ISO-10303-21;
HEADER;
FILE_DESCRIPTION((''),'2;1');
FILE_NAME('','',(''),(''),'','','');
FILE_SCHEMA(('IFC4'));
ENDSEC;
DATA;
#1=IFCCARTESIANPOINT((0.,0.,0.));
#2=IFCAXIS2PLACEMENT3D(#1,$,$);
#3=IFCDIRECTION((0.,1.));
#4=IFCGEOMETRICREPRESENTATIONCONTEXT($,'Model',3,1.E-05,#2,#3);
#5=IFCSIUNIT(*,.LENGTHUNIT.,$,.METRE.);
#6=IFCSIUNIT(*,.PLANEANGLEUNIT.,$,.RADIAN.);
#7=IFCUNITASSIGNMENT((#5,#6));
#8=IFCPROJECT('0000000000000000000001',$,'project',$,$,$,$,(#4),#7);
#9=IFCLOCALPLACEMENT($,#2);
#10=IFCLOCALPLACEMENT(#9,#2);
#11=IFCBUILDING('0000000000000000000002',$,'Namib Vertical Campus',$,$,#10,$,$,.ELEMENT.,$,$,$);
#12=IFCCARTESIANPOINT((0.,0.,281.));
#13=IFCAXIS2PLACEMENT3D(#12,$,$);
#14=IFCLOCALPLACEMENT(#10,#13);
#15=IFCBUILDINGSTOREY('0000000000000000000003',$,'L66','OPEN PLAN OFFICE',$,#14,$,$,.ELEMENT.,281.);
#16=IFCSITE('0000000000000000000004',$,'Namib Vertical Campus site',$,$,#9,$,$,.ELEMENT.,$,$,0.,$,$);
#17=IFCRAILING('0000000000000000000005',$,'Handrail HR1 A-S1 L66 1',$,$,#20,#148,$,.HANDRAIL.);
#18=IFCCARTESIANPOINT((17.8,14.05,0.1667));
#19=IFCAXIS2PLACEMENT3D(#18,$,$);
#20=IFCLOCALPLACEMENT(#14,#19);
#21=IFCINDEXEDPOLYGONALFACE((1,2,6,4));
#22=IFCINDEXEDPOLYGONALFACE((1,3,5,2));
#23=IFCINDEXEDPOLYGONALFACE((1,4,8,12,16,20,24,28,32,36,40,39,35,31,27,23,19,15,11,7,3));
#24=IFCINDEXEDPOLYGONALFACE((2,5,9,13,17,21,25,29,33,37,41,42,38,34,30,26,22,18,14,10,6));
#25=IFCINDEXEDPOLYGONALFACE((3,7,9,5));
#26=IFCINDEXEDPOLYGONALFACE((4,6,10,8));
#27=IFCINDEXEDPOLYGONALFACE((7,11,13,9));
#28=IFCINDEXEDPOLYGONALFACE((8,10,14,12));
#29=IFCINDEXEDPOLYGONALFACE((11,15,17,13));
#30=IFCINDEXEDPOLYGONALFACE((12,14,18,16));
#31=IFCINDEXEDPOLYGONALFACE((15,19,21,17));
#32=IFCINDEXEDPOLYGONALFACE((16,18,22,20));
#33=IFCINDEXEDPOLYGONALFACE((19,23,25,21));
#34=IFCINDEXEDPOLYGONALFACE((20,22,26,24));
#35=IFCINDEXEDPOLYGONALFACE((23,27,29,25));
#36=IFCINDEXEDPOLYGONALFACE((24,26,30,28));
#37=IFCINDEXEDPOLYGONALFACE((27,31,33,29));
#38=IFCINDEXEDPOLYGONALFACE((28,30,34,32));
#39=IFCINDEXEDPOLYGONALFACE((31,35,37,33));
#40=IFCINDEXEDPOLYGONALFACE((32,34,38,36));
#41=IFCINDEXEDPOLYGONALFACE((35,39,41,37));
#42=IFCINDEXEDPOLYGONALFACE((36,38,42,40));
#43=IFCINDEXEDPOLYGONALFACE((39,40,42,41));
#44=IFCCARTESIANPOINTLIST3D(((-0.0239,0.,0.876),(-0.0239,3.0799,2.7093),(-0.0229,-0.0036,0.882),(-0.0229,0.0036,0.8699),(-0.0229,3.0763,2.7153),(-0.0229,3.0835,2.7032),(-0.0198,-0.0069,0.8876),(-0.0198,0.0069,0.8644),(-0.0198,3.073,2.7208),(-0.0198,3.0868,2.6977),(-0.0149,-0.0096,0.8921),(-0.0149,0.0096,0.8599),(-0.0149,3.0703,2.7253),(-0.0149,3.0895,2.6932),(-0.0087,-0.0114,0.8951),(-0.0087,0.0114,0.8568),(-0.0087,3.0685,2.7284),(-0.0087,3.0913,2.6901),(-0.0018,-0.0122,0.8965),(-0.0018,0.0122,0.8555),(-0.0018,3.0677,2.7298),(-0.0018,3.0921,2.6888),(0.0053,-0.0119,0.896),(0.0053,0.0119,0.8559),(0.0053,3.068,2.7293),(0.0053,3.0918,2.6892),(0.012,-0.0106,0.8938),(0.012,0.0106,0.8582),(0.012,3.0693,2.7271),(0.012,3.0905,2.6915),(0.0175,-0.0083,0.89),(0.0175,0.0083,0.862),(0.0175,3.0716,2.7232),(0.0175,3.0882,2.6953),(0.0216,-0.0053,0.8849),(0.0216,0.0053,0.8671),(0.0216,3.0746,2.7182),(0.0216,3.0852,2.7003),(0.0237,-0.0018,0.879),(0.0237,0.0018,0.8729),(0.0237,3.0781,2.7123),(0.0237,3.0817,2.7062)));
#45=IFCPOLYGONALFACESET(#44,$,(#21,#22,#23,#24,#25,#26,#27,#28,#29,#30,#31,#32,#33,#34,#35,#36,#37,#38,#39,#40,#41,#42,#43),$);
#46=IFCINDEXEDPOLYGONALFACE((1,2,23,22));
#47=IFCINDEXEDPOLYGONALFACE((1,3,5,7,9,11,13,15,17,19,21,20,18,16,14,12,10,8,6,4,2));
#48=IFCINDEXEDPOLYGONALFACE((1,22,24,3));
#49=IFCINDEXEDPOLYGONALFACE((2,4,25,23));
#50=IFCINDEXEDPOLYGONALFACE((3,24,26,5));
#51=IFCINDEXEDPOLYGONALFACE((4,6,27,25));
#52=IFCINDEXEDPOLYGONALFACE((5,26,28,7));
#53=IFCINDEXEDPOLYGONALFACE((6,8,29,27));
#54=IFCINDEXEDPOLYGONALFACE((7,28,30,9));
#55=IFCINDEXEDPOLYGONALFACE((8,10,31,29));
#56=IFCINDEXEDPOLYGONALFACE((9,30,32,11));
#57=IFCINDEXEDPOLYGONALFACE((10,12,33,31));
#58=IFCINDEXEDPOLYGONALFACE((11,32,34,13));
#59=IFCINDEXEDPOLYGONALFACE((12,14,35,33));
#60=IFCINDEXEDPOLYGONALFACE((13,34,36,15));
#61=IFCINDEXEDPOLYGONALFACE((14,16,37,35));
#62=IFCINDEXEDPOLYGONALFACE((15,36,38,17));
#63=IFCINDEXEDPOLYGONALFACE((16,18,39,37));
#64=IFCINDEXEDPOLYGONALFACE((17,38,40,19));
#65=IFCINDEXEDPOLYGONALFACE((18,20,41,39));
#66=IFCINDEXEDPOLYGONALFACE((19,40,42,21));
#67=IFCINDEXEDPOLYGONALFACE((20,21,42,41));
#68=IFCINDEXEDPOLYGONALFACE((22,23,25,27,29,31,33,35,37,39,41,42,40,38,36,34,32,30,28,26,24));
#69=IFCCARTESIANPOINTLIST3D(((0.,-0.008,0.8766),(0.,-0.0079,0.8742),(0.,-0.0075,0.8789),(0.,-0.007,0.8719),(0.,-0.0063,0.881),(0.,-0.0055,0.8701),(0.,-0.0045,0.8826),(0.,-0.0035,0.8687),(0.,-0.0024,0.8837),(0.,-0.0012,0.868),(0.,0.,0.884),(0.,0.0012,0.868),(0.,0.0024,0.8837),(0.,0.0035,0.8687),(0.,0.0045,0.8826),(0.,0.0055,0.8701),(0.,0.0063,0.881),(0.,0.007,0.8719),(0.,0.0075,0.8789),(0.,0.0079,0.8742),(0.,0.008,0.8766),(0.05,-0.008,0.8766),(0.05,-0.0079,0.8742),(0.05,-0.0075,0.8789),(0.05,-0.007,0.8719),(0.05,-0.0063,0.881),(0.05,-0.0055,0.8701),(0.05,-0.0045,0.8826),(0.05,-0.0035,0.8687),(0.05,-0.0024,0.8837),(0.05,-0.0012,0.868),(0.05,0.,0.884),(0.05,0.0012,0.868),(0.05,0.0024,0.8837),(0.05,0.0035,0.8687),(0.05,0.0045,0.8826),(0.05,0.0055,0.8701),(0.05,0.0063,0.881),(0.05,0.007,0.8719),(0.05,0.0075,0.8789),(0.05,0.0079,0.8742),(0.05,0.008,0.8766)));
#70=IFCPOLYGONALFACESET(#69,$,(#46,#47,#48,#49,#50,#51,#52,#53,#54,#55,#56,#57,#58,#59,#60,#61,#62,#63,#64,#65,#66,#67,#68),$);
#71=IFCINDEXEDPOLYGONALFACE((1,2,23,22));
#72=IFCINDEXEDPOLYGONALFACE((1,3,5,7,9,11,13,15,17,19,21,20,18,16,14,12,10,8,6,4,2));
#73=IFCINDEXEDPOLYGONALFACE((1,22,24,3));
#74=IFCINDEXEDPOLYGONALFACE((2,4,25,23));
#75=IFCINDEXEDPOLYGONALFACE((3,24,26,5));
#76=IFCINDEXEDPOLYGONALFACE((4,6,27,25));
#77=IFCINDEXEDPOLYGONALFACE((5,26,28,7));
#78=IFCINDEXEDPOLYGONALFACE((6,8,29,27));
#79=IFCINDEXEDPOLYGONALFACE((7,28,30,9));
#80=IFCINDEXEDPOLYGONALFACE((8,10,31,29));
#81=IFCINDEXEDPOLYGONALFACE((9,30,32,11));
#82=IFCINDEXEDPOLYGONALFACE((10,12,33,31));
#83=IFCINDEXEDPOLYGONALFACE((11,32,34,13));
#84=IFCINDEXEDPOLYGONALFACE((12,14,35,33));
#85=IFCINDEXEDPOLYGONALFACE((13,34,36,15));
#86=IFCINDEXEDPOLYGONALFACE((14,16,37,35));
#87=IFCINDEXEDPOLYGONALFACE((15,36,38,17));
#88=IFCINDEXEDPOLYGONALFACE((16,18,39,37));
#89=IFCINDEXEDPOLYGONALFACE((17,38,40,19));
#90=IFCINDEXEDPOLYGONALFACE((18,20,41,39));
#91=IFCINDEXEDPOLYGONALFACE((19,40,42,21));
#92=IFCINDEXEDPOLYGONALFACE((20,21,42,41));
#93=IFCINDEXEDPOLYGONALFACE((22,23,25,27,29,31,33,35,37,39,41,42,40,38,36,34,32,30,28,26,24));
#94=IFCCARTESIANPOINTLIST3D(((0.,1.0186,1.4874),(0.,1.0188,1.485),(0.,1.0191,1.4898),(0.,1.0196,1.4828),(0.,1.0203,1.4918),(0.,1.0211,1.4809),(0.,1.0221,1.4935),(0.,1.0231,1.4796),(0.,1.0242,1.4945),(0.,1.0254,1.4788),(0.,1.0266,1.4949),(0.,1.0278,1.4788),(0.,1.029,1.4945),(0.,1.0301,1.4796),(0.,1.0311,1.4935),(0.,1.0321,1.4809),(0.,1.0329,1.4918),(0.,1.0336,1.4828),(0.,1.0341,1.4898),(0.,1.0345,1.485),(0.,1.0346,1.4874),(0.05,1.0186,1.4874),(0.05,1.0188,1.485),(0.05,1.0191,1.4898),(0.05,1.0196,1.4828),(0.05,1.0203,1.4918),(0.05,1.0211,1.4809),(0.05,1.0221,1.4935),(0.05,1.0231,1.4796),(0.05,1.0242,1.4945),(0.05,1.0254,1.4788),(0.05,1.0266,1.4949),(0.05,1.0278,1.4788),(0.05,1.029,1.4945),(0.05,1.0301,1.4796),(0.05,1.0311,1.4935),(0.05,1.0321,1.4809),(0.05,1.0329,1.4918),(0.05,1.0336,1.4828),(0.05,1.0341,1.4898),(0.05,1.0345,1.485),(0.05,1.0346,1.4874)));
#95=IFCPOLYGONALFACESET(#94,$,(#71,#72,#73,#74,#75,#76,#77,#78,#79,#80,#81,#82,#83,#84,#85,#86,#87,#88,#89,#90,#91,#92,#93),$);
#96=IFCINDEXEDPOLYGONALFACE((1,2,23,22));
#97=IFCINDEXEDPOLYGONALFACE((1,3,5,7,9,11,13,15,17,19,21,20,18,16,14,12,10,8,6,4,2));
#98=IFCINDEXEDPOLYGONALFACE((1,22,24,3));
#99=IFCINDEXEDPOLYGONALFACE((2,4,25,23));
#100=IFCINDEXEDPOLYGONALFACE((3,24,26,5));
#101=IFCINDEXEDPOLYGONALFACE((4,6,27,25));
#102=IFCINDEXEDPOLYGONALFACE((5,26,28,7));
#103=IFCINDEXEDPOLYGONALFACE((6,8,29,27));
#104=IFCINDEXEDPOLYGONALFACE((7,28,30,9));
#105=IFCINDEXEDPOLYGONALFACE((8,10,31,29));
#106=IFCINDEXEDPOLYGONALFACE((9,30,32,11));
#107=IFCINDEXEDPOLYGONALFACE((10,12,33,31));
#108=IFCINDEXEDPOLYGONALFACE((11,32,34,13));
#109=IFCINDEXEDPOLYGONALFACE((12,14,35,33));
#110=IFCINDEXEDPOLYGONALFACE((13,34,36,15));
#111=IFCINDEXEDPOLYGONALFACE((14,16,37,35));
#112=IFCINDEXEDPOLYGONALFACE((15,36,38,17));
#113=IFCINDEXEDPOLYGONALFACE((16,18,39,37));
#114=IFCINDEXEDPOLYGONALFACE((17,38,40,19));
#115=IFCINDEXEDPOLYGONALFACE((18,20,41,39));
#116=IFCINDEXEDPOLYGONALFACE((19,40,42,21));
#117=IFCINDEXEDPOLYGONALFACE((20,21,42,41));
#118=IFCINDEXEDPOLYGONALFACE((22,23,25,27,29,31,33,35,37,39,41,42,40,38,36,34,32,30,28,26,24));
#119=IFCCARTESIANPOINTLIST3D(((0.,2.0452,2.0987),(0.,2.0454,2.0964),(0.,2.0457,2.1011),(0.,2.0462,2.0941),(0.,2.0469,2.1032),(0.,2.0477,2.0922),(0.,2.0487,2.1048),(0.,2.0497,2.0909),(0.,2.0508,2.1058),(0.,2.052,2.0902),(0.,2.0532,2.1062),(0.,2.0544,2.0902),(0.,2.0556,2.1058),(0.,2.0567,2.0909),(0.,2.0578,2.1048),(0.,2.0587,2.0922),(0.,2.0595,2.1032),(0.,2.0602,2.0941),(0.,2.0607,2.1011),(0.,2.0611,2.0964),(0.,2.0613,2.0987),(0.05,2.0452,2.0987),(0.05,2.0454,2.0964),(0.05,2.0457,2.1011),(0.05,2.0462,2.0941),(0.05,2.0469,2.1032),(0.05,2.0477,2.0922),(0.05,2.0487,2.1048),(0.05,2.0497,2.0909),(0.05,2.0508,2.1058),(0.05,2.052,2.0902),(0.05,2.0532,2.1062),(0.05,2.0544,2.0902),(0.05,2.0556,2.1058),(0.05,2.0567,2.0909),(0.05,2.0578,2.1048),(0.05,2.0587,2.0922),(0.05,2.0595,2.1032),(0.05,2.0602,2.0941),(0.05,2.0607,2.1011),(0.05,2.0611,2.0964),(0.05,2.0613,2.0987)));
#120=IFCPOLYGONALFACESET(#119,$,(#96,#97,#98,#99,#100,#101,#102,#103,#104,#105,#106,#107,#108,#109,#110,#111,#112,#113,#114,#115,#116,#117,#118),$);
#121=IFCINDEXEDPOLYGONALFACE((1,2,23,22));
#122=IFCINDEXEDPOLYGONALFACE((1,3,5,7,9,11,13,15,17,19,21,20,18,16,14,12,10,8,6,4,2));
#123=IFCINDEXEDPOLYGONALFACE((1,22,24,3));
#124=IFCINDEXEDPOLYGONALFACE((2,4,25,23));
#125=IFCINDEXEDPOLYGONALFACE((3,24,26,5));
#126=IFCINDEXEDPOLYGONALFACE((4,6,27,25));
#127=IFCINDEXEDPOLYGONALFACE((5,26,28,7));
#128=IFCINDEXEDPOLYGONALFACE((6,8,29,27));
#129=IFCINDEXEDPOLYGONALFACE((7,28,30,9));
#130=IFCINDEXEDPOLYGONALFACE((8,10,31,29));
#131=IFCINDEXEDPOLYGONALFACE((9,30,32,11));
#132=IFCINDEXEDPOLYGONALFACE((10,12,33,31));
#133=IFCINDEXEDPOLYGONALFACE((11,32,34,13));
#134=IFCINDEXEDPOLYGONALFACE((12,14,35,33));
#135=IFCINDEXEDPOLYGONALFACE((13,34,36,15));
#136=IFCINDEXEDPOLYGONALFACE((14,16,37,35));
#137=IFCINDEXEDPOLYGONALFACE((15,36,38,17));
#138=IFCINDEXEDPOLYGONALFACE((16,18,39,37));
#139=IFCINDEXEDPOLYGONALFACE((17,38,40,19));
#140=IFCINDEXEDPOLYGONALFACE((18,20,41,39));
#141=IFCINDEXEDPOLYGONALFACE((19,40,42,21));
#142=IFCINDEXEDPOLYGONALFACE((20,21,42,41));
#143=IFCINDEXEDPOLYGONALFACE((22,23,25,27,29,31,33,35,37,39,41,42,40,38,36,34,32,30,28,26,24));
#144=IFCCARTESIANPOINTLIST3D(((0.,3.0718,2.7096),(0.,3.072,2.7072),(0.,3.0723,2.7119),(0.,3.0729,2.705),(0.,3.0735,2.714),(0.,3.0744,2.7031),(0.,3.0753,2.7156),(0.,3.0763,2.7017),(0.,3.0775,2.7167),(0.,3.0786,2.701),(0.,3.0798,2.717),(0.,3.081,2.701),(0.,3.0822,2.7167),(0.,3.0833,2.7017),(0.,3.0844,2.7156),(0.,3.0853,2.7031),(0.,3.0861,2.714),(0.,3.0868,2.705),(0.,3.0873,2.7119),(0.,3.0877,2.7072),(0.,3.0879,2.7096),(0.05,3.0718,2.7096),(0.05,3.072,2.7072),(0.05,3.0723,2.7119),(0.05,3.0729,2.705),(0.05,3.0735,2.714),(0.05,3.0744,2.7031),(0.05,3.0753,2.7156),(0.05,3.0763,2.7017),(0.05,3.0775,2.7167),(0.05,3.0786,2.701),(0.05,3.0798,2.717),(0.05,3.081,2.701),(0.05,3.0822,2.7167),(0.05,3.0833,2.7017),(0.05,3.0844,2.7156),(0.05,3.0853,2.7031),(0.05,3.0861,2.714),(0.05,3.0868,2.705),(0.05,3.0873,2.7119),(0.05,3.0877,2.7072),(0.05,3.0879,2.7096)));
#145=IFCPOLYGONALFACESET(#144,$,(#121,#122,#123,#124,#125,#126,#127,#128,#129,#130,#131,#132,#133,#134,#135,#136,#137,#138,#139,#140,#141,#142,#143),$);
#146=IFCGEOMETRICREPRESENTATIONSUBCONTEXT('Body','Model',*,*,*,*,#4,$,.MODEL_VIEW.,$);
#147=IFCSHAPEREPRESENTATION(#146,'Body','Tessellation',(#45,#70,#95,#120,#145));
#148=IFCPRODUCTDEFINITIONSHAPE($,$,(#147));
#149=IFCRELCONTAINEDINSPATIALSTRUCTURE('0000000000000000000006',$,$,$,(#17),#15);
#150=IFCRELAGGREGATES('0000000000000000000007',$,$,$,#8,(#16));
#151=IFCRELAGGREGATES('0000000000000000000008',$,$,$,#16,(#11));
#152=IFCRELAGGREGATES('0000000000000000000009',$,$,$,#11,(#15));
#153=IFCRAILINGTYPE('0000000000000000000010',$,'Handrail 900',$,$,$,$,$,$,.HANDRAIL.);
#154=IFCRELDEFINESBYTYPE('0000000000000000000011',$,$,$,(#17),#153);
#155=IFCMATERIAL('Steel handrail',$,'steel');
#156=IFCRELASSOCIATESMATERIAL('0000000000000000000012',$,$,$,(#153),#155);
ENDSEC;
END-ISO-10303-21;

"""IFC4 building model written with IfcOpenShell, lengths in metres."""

from ifc_helpers import new_model, si_unit, direction, frame, origin, origin_2d, place, context, subcontext, project, spatial, circle, extrude, material, type_object, element, save


model = new_model("IFC4")

# Units and contexts
model_context = context("Model", 3, precision=1e-05, world=origin(), true_north=direction((0.0, 1.0)))
body_context = subcontext(model_context, "Body", "Model", "MODEL_VIEW")
ifc_project = project(units=[si_unit("LENGTHUNIT", "METRE"), si_unit("PLANEANGLEUNIT", "RADIAN")], contexts=[model_context])

# Site, building, storey
site_placement = place(None, origin())
site = spatial("IfcSite", under=ifc_project, at=site_placement, Name="Namib Vertical Campus site", CompositionType="ELEMENT", RefElevation=0.0)
building_placement = place(site_placement, origin())
building = spatial("IfcBuilding", under=site, at=building_placement, Name="Namib Vertical Campus", CompositionType="ELEMENT")
storey_placement = place(building_placement, frame((0.0, 0.0, 281.0)))
storey = spatial("IfcBuildingStorey", under=building, at=storey_placement, Name="L66", Description="OPEN PLAN OFFICE", CompositionType="ELEMENT", Elevation=281.0)

# Railing
ifc_material_1 = material(Name="Steel handrail", Category="steel")
railing_type_1 = type_object("IfcRailingType", Name="Handrail 900", PredefinedType="HANDRAIL", material=ifc_material_1)
railing_1_placement = place(storey_placement, frame((17.8, 14.05, 0.1667)))
element("IfcRailing", 1, at=railing_1_placement, inside=storey, type_object=railing_type_1, Name="Handrail HR1 A-S1 L66 1", PredefinedType="HANDRAIL", context=body_context, shape_type="SweptSolid", body=[
    extrude(circle(Radius=0.0239, at=origin_2d()), frame((0.0, 0.0, 0.876), z_axis=(0.0, 0.859291, 0.511487), x_axis=(-1.0, 0.0, 0.0)), (0.0, 0.0, 1.0), 3.5842),
    extrude(circle(Radius=0.0081, at=origin_2d()), frame((0.0, 0.0, 0.876), z_axis=(1.0, 0.0, 0.0), x_axis=(0.0, 0.0, 1.0)), (0.0, 0.0, 1.0), 0.05),
    extrude(circle(Radius=0.0081, at=origin_2d()), frame((0.0, 1.0266, 1.4868), z_axis=(1.0, 0.0, 0.0), x_axis=(0.0, 0.0, 1.0)), (0.0, 0.0, 1.0), 0.05),
    extrude(circle(Radius=0.0081, at=origin_2d()), frame((0.0, 2.0532, 2.0981), z_axis=(1.0, 0.0, 0.0), x_axis=(0.0, 0.0, 1.0)), (0.0, 0.0, 1.0), 0.05),
    extrude(circle(Radius=0.0081, at=origin_2d()), frame((0.0, 3.0798, 2.709), z_axis=(1.0, 0.0, 0.0), x_axis=(0.0, 0.0, 1.0)), (0.0, 0.0, 1.0), 0.05),
])

save(model, "model.ifc")
